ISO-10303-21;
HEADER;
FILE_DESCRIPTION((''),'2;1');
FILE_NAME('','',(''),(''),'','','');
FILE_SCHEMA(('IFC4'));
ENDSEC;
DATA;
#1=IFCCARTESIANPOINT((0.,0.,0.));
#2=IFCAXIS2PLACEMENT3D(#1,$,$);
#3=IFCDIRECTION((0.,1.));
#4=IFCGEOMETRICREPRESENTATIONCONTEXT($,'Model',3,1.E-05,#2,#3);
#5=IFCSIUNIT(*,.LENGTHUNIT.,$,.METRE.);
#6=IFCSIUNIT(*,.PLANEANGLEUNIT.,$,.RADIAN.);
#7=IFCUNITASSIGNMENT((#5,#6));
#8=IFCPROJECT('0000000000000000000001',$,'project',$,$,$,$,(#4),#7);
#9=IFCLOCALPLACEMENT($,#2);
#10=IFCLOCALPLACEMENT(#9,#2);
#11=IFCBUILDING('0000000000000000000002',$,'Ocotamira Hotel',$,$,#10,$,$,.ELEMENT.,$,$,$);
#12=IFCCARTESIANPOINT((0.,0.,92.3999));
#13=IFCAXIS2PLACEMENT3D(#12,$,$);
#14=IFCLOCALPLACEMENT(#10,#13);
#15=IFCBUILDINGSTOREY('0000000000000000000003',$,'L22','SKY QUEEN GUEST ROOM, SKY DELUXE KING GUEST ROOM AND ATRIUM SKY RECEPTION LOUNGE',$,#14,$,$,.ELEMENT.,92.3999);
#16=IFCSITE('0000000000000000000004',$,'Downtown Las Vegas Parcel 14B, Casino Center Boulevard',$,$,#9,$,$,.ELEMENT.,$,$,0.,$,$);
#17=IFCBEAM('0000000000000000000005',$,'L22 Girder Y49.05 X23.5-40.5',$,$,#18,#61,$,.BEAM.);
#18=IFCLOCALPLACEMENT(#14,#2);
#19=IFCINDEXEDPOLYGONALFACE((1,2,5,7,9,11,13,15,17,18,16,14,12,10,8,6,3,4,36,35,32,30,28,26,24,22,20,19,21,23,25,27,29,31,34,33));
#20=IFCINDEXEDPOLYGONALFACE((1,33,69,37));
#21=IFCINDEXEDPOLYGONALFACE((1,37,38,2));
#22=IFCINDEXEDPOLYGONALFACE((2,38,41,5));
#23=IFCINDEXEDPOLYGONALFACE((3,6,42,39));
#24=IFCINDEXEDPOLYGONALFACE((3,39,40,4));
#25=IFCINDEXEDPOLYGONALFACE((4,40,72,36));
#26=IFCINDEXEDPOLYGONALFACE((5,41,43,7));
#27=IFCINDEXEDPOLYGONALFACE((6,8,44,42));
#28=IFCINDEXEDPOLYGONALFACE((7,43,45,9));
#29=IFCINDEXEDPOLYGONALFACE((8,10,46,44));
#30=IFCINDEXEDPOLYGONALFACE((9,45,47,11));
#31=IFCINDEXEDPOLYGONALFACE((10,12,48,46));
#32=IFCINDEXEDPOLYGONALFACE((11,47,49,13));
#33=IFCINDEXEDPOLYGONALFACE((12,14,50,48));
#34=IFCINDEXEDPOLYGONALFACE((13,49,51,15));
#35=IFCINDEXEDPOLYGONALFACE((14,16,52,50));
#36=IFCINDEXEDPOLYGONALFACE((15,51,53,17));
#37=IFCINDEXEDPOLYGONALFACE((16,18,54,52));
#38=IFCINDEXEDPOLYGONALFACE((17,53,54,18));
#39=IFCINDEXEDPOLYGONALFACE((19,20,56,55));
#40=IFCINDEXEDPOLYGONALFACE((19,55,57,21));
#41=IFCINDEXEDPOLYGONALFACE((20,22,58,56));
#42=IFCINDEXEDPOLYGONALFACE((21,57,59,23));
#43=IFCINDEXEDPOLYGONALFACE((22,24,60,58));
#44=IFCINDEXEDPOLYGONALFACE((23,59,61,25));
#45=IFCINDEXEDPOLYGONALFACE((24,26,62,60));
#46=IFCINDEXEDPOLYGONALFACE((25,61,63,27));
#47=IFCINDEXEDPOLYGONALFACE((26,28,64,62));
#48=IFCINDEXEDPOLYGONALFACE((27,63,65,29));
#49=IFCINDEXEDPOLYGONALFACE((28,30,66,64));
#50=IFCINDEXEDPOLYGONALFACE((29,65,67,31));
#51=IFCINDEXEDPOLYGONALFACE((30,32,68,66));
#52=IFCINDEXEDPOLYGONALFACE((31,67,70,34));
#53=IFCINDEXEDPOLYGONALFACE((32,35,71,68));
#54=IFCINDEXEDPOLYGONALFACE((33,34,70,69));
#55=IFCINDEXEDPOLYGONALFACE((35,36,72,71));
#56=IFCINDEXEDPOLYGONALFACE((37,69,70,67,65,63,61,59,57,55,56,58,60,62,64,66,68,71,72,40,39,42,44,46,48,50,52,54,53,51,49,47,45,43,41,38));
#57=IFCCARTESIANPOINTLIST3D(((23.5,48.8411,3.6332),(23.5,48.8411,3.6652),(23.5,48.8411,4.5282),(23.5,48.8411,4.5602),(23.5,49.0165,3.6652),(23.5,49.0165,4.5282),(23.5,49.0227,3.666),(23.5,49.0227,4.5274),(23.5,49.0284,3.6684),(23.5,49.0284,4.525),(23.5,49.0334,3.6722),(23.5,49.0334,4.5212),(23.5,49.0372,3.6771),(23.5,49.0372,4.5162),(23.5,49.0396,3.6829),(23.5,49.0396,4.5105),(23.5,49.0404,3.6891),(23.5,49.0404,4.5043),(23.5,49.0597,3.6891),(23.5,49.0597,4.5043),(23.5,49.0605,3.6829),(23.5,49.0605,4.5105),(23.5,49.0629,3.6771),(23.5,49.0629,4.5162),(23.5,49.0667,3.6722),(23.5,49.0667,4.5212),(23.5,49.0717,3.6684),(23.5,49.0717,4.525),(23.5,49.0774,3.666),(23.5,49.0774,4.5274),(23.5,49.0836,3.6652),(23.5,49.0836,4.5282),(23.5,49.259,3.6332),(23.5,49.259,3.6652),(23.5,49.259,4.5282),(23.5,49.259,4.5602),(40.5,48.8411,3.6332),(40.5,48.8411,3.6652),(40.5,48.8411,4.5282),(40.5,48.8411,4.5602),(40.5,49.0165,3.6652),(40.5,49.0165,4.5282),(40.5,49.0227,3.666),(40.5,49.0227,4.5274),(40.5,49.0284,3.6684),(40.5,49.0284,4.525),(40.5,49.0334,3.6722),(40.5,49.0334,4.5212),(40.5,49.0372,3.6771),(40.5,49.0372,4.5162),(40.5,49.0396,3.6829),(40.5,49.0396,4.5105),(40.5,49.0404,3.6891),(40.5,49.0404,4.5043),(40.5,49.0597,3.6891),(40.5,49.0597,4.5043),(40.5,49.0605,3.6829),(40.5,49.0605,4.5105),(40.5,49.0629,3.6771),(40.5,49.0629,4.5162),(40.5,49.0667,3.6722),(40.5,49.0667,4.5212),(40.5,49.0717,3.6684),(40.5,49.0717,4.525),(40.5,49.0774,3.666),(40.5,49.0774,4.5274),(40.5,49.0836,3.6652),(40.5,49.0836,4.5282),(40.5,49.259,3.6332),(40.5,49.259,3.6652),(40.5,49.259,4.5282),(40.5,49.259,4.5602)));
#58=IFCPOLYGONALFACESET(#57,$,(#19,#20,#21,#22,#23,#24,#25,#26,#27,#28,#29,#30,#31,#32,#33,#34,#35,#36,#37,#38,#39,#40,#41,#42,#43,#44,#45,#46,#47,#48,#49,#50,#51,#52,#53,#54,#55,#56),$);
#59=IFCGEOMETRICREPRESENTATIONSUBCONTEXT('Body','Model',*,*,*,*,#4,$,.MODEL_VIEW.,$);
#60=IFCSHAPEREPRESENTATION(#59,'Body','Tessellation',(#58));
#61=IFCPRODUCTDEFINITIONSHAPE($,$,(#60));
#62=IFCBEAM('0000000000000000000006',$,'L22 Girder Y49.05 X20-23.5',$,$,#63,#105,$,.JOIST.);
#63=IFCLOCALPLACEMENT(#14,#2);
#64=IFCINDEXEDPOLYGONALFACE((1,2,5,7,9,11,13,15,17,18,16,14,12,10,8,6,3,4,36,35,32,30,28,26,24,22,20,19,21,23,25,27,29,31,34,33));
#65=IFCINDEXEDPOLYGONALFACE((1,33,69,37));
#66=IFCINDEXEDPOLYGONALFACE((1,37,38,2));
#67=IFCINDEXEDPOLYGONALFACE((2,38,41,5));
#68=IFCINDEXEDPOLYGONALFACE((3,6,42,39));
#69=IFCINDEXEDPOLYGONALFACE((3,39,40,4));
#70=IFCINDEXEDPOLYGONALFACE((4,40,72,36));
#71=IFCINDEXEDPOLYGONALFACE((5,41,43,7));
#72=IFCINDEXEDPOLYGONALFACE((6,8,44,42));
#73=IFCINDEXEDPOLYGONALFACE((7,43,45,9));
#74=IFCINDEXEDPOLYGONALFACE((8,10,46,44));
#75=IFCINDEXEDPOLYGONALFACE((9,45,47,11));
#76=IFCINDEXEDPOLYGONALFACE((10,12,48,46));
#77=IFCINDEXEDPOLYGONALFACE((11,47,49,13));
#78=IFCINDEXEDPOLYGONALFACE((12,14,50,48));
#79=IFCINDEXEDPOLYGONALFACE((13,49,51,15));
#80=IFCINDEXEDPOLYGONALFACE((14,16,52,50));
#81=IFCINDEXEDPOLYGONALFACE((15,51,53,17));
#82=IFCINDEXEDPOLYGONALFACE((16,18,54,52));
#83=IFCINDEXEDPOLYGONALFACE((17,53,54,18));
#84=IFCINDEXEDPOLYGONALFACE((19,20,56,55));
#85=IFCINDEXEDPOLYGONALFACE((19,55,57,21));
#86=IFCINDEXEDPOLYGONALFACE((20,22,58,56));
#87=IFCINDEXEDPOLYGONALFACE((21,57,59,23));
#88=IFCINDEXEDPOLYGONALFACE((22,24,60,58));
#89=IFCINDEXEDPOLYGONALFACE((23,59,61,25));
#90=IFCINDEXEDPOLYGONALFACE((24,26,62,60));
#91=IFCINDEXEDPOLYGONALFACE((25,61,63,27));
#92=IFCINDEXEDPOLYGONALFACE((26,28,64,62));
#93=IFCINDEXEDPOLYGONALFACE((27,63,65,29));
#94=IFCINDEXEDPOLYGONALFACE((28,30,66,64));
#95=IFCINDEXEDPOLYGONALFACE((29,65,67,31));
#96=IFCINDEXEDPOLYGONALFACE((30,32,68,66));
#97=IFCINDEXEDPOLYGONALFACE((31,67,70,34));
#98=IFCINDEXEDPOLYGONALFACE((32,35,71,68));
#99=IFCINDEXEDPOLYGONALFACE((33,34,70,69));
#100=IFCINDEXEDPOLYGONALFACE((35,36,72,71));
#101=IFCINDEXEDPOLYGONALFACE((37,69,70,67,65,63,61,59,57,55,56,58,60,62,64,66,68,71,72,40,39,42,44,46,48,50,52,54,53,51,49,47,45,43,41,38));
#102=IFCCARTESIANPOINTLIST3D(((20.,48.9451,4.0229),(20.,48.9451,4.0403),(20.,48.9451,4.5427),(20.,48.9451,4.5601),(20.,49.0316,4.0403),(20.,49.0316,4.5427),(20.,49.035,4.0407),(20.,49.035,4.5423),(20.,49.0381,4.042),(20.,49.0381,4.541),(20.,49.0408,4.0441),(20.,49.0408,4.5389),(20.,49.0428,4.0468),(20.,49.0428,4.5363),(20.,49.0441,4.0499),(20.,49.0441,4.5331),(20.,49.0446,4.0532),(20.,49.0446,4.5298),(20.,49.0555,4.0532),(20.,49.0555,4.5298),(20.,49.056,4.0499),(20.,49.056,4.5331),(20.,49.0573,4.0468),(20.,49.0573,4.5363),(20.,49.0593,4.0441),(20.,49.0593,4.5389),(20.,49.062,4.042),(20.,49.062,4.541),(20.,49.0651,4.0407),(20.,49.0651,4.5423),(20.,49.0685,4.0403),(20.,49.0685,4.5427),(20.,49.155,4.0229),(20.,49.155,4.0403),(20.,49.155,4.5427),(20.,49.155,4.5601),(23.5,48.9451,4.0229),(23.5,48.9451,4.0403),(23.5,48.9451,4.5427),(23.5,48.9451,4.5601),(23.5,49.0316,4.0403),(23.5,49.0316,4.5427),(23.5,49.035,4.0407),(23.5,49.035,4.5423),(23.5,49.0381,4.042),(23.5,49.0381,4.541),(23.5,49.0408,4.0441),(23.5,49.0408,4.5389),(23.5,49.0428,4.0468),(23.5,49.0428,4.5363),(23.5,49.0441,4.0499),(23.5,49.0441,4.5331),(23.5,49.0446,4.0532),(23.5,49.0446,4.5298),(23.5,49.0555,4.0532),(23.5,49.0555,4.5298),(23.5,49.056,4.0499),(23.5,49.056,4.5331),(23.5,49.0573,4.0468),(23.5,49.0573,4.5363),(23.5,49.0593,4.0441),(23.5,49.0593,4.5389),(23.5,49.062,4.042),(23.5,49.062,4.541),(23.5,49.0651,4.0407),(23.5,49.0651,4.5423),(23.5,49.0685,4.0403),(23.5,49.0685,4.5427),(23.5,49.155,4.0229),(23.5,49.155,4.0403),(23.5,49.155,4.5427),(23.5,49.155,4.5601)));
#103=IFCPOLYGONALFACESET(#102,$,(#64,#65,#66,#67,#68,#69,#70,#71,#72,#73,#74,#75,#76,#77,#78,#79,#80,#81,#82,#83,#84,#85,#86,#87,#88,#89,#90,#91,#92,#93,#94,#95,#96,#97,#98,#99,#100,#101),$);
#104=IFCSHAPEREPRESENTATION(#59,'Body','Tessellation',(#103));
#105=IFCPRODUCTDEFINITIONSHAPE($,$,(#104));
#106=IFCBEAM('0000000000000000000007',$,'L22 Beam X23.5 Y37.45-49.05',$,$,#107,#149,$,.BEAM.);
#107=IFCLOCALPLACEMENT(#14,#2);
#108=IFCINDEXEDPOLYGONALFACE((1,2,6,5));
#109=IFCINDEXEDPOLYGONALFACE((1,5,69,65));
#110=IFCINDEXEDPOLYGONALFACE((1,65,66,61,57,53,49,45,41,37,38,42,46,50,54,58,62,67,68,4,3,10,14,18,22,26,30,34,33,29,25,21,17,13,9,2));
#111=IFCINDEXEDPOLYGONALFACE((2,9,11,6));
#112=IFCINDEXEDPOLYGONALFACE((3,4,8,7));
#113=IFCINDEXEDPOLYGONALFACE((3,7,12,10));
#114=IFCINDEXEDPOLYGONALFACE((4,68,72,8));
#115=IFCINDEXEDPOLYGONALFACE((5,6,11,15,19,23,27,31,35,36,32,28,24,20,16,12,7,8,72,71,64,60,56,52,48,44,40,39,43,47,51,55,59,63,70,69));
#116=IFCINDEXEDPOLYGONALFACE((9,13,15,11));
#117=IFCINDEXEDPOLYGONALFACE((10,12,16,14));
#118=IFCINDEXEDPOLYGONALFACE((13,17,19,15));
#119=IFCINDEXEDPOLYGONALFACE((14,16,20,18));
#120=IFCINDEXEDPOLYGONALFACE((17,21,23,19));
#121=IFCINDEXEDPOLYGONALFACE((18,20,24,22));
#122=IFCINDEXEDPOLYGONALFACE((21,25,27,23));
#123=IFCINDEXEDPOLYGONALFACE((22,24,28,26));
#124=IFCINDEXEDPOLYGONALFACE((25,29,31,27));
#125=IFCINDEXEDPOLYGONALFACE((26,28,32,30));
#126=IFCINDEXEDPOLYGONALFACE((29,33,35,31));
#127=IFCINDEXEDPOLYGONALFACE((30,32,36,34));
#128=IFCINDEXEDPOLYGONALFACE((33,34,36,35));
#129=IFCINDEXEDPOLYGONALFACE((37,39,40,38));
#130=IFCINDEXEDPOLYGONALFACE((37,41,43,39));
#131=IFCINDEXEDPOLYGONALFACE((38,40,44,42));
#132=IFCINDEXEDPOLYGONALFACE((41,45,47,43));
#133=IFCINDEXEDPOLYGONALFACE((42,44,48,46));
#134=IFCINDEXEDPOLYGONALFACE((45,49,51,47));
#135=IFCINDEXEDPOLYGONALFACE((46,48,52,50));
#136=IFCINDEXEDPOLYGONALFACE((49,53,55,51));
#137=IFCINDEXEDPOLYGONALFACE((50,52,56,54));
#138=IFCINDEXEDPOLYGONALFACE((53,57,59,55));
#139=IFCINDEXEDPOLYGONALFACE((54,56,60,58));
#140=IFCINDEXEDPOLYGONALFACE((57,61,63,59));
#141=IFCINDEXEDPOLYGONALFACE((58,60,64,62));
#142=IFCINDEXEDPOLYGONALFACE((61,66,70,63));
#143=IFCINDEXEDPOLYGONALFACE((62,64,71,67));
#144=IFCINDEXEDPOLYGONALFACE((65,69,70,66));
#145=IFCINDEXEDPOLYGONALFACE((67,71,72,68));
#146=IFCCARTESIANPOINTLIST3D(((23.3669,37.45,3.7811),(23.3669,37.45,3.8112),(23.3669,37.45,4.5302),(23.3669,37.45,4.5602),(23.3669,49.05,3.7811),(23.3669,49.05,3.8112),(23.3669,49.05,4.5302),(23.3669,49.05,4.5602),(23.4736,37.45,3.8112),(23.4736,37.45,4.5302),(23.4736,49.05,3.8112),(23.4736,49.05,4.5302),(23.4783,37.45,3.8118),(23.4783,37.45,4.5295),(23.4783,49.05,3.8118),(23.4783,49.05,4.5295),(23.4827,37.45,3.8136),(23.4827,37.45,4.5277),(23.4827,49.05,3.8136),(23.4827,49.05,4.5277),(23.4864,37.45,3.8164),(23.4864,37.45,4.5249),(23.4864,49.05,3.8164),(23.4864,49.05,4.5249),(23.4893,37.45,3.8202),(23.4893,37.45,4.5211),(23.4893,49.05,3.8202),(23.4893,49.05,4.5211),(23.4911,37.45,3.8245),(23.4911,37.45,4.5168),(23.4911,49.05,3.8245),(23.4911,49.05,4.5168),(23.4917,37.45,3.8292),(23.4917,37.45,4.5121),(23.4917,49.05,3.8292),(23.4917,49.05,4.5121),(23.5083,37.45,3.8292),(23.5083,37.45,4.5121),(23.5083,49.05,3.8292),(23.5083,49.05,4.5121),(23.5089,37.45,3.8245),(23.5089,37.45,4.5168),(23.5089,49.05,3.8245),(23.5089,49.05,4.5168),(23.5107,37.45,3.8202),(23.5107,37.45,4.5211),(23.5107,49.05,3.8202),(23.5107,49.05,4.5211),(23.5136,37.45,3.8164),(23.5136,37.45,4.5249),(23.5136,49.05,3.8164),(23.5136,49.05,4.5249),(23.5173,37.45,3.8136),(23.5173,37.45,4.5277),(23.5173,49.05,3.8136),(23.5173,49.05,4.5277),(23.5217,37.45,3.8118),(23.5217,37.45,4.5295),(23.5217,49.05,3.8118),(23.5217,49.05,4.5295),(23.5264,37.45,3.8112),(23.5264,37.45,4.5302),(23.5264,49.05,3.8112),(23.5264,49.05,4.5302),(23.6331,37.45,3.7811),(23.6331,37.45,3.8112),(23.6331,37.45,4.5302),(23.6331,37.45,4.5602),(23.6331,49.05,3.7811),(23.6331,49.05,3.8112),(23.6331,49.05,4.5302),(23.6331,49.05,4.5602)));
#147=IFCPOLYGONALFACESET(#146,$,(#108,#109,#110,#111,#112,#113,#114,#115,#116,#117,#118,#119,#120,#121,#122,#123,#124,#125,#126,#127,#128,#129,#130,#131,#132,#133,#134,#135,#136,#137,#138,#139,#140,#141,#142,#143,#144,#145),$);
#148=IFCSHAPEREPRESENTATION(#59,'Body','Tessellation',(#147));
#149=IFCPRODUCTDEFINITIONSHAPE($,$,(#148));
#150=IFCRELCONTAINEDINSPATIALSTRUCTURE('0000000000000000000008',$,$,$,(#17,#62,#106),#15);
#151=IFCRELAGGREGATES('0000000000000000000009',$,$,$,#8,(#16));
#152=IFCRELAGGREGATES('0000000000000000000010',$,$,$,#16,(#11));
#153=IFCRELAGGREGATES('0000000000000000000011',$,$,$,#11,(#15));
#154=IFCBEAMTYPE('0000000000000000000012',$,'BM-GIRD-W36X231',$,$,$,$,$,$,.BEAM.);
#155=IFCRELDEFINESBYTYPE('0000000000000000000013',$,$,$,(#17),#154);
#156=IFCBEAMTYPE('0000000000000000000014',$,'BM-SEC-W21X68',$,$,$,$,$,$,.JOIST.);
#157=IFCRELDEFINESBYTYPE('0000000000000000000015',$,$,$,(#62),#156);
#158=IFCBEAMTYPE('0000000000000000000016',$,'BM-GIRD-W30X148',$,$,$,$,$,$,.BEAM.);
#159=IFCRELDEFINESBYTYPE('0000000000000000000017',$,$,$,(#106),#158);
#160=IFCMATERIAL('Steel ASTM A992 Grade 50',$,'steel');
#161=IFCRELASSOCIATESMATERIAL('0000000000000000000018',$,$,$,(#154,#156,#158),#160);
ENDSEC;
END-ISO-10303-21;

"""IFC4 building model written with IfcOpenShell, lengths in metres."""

from ifc_helpers import new_model, si_unit, direction, frame, origin, origin_2d, place, context, subcontext, project, spatial, i_section, extrude, source, transform, mapped, material, material_profile, profile_set, type_object, element, save


model = new_model("IFC4")

# Units and contexts
model_context = context("Model", 3, precision=1e-05, world=origin(), true_north=direction((0.0, 1.0)))
body_context = subcontext(model_context, "Body", "Model", "MODEL_VIEW")
ifc_project = project(units=[si_unit("LENGTHUNIT", "METRE"), si_unit("PLANEANGLEUNIT", "RADIAN")], contexts=[model_context])

# Site, building, storey
site_placement = place(None, origin())
site = spatial("IfcSite", under=ifc_project, at=site_placement, Name="Downtown Las Vegas Parcel 14B, Casino Center Boulevard", CompositionType="ELEMENT", RefElevation=0.0)
building_placement = place(site_placement, origin())
building = spatial("IfcBuilding", under=site, at=building_placement, Name="Ocotamira Hotel", CompositionType="ELEMENT")
storey_placement = place(building_placement, frame((0.0, 0.0, 92.3999)))
storey = spatial("IfcBuildingStorey", under=building, at=storey_placement, Name="L22", Description="SKY QUEEN GUEST ROOM, SKY DELUXE KING GUEST ROOM AND ATRIUM SKY RECEPTION LOUNGE", CompositionType="ELEMENT", Elevation=92.3999)

# Beams
ifc_material_1 = material(Name="Steel ASTM A992 Grade 50", Category="steel")
ifc_material_profile_1 = material_profile(ifc_material_1, i_section(OverallWidth=0.418, OverallDepth=0.927, WebThickness=0.0193, FlangeThickness=0.032, FilletRadius=0.0239, at=origin_2d()), Name="W36X231")
ifc_profile_set_1 = profile_set([ifc_material_profile_1], Name="Steel ASTM A992 Grade 50")
beam_type_1 = type_object("IfcBeamType", Name="BM-GIRD-W36X231", PredefinedType="BEAM", material=ifc_profile_set_1)
shared_shape_1 = source(origin(), body_context, "Body", "SweptSolid", [
    extrude(i_section(OverallWidth=0.418, OverallDepth=0.927, WebThickness=0.0193, FlangeThickness=0.032, FilletRadius=0.0239, at=origin_2d()), origin(), (0.0, 0.0, 1.0), 17.0),
])
for number, where, z_axis, x_axis, name in (
    (1, (23.5, 49.05, 4.0967), (1.0, 0.0, 0.0), (0.0, 1.0, 0.0), "L22 Girder Y49.05 X23.5-40.5"),
):
    element("IfcBeam", number, at=place(storey_placement, frame(where, z_axis=z_axis, x_axis=x_axis)), inside=storey, type_object=beam_type_1, Name=name, PredefinedType="BEAM", context=body_context, shape_type="MappedRepresentation", body=[
        mapped(shared_shape_1, transform((0.0, 0.0, 0.0), scale=1.0)),
    ])
ifc_material_profile_2 = material_profile(ifc_material_1, i_section(OverallWidth=0.21, OverallDepth=0.5371, WebThickness=0.011, FlangeThickness=0.0173, FilletRadius=0.0129, at=origin_2d()), Name="W21X68")
ifc_profile_set_2 = profile_set([ifc_material_profile_2], Name="Steel ASTM A992 Grade 50")
beam_type_2 = type_object("IfcBeamType", Name="BM-SEC-W21X68", PredefinedType="JOIST", material=ifc_profile_set_2)
shared_shape_2 = source(origin(), body_context, "Body", "SweptSolid", [
    extrude(i_section(OverallWidth=0.21, OverallDepth=0.5371, WebThickness=0.011, FlangeThickness=0.0173, FilletRadius=0.0129, at=origin_2d()), origin(), (0.0, 0.0, 1.0), 3.5),
])
beam_1_placement = place(storey_placement, frame((20.0, 49.05, 4.2915), z_axis=(1.0, 0.0, 0.0), x_axis=(0.0, 1.0, 0.0)))
element("IfcBeam", 2, at=beam_1_placement, inside=storey, type_object=beam_type_2, Name="L22 Girder Y49.05 X20-23.5", PredefinedType="JOIST", context=body_context, shape_type="MappedRepresentation", body=[
    mapped(shared_shape_2, transform((0.0, 0.0, 0.0), scale=1.0)),
])
ifc_material_profile_3 = material_profile(ifc_material_1, i_section(OverallWidth=0.2661, OverallDepth=0.7791, WebThickness=0.0166, FlangeThickness=0.03, FilletRadius=0.0181, at=origin_2d()), Name="W30X148")
ifc_profile_set_3 = profile_set([ifc_material_profile_3], Name="Steel ASTM A992 Grade 50")
beam_type_3 = type_object("IfcBeamType", Name="BM-GIRD-W30X148", PredefinedType="BEAM", material=ifc_profile_set_3)
shared_shape_3 = source(origin(), body_context, "Body", "SweptSolid", [
    extrude(i_section(OverallWidth=0.2661, OverallDepth=0.7791, WebThickness=0.0166, FlangeThickness=0.03, FilletRadius=0.0181, at=origin_2d()), origin(), (0.0, 0.0, 1.0), 11.6001),
])
beam_2_placement = place(storey_placement, frame((23.5, 37.45, 4.1707), z_axis=(0.0, 1.0, 0.0), x_axis=(-1.0, 0.0, 0.0)))
element("IfcBeam", 3, at=beam_2_placement, inside=storey, type_object=beam_type_3, Name="L22 Beam X23.5 Y37.45-49.05", PredefinedType="BEAM", context=body_context, shape_type="MappedRepresentation", body=[
    mapped(shared_shape_3, transform((0.0, 0.0, 0.0), scale=1.0)),
])

save(model, "model.ifc")
